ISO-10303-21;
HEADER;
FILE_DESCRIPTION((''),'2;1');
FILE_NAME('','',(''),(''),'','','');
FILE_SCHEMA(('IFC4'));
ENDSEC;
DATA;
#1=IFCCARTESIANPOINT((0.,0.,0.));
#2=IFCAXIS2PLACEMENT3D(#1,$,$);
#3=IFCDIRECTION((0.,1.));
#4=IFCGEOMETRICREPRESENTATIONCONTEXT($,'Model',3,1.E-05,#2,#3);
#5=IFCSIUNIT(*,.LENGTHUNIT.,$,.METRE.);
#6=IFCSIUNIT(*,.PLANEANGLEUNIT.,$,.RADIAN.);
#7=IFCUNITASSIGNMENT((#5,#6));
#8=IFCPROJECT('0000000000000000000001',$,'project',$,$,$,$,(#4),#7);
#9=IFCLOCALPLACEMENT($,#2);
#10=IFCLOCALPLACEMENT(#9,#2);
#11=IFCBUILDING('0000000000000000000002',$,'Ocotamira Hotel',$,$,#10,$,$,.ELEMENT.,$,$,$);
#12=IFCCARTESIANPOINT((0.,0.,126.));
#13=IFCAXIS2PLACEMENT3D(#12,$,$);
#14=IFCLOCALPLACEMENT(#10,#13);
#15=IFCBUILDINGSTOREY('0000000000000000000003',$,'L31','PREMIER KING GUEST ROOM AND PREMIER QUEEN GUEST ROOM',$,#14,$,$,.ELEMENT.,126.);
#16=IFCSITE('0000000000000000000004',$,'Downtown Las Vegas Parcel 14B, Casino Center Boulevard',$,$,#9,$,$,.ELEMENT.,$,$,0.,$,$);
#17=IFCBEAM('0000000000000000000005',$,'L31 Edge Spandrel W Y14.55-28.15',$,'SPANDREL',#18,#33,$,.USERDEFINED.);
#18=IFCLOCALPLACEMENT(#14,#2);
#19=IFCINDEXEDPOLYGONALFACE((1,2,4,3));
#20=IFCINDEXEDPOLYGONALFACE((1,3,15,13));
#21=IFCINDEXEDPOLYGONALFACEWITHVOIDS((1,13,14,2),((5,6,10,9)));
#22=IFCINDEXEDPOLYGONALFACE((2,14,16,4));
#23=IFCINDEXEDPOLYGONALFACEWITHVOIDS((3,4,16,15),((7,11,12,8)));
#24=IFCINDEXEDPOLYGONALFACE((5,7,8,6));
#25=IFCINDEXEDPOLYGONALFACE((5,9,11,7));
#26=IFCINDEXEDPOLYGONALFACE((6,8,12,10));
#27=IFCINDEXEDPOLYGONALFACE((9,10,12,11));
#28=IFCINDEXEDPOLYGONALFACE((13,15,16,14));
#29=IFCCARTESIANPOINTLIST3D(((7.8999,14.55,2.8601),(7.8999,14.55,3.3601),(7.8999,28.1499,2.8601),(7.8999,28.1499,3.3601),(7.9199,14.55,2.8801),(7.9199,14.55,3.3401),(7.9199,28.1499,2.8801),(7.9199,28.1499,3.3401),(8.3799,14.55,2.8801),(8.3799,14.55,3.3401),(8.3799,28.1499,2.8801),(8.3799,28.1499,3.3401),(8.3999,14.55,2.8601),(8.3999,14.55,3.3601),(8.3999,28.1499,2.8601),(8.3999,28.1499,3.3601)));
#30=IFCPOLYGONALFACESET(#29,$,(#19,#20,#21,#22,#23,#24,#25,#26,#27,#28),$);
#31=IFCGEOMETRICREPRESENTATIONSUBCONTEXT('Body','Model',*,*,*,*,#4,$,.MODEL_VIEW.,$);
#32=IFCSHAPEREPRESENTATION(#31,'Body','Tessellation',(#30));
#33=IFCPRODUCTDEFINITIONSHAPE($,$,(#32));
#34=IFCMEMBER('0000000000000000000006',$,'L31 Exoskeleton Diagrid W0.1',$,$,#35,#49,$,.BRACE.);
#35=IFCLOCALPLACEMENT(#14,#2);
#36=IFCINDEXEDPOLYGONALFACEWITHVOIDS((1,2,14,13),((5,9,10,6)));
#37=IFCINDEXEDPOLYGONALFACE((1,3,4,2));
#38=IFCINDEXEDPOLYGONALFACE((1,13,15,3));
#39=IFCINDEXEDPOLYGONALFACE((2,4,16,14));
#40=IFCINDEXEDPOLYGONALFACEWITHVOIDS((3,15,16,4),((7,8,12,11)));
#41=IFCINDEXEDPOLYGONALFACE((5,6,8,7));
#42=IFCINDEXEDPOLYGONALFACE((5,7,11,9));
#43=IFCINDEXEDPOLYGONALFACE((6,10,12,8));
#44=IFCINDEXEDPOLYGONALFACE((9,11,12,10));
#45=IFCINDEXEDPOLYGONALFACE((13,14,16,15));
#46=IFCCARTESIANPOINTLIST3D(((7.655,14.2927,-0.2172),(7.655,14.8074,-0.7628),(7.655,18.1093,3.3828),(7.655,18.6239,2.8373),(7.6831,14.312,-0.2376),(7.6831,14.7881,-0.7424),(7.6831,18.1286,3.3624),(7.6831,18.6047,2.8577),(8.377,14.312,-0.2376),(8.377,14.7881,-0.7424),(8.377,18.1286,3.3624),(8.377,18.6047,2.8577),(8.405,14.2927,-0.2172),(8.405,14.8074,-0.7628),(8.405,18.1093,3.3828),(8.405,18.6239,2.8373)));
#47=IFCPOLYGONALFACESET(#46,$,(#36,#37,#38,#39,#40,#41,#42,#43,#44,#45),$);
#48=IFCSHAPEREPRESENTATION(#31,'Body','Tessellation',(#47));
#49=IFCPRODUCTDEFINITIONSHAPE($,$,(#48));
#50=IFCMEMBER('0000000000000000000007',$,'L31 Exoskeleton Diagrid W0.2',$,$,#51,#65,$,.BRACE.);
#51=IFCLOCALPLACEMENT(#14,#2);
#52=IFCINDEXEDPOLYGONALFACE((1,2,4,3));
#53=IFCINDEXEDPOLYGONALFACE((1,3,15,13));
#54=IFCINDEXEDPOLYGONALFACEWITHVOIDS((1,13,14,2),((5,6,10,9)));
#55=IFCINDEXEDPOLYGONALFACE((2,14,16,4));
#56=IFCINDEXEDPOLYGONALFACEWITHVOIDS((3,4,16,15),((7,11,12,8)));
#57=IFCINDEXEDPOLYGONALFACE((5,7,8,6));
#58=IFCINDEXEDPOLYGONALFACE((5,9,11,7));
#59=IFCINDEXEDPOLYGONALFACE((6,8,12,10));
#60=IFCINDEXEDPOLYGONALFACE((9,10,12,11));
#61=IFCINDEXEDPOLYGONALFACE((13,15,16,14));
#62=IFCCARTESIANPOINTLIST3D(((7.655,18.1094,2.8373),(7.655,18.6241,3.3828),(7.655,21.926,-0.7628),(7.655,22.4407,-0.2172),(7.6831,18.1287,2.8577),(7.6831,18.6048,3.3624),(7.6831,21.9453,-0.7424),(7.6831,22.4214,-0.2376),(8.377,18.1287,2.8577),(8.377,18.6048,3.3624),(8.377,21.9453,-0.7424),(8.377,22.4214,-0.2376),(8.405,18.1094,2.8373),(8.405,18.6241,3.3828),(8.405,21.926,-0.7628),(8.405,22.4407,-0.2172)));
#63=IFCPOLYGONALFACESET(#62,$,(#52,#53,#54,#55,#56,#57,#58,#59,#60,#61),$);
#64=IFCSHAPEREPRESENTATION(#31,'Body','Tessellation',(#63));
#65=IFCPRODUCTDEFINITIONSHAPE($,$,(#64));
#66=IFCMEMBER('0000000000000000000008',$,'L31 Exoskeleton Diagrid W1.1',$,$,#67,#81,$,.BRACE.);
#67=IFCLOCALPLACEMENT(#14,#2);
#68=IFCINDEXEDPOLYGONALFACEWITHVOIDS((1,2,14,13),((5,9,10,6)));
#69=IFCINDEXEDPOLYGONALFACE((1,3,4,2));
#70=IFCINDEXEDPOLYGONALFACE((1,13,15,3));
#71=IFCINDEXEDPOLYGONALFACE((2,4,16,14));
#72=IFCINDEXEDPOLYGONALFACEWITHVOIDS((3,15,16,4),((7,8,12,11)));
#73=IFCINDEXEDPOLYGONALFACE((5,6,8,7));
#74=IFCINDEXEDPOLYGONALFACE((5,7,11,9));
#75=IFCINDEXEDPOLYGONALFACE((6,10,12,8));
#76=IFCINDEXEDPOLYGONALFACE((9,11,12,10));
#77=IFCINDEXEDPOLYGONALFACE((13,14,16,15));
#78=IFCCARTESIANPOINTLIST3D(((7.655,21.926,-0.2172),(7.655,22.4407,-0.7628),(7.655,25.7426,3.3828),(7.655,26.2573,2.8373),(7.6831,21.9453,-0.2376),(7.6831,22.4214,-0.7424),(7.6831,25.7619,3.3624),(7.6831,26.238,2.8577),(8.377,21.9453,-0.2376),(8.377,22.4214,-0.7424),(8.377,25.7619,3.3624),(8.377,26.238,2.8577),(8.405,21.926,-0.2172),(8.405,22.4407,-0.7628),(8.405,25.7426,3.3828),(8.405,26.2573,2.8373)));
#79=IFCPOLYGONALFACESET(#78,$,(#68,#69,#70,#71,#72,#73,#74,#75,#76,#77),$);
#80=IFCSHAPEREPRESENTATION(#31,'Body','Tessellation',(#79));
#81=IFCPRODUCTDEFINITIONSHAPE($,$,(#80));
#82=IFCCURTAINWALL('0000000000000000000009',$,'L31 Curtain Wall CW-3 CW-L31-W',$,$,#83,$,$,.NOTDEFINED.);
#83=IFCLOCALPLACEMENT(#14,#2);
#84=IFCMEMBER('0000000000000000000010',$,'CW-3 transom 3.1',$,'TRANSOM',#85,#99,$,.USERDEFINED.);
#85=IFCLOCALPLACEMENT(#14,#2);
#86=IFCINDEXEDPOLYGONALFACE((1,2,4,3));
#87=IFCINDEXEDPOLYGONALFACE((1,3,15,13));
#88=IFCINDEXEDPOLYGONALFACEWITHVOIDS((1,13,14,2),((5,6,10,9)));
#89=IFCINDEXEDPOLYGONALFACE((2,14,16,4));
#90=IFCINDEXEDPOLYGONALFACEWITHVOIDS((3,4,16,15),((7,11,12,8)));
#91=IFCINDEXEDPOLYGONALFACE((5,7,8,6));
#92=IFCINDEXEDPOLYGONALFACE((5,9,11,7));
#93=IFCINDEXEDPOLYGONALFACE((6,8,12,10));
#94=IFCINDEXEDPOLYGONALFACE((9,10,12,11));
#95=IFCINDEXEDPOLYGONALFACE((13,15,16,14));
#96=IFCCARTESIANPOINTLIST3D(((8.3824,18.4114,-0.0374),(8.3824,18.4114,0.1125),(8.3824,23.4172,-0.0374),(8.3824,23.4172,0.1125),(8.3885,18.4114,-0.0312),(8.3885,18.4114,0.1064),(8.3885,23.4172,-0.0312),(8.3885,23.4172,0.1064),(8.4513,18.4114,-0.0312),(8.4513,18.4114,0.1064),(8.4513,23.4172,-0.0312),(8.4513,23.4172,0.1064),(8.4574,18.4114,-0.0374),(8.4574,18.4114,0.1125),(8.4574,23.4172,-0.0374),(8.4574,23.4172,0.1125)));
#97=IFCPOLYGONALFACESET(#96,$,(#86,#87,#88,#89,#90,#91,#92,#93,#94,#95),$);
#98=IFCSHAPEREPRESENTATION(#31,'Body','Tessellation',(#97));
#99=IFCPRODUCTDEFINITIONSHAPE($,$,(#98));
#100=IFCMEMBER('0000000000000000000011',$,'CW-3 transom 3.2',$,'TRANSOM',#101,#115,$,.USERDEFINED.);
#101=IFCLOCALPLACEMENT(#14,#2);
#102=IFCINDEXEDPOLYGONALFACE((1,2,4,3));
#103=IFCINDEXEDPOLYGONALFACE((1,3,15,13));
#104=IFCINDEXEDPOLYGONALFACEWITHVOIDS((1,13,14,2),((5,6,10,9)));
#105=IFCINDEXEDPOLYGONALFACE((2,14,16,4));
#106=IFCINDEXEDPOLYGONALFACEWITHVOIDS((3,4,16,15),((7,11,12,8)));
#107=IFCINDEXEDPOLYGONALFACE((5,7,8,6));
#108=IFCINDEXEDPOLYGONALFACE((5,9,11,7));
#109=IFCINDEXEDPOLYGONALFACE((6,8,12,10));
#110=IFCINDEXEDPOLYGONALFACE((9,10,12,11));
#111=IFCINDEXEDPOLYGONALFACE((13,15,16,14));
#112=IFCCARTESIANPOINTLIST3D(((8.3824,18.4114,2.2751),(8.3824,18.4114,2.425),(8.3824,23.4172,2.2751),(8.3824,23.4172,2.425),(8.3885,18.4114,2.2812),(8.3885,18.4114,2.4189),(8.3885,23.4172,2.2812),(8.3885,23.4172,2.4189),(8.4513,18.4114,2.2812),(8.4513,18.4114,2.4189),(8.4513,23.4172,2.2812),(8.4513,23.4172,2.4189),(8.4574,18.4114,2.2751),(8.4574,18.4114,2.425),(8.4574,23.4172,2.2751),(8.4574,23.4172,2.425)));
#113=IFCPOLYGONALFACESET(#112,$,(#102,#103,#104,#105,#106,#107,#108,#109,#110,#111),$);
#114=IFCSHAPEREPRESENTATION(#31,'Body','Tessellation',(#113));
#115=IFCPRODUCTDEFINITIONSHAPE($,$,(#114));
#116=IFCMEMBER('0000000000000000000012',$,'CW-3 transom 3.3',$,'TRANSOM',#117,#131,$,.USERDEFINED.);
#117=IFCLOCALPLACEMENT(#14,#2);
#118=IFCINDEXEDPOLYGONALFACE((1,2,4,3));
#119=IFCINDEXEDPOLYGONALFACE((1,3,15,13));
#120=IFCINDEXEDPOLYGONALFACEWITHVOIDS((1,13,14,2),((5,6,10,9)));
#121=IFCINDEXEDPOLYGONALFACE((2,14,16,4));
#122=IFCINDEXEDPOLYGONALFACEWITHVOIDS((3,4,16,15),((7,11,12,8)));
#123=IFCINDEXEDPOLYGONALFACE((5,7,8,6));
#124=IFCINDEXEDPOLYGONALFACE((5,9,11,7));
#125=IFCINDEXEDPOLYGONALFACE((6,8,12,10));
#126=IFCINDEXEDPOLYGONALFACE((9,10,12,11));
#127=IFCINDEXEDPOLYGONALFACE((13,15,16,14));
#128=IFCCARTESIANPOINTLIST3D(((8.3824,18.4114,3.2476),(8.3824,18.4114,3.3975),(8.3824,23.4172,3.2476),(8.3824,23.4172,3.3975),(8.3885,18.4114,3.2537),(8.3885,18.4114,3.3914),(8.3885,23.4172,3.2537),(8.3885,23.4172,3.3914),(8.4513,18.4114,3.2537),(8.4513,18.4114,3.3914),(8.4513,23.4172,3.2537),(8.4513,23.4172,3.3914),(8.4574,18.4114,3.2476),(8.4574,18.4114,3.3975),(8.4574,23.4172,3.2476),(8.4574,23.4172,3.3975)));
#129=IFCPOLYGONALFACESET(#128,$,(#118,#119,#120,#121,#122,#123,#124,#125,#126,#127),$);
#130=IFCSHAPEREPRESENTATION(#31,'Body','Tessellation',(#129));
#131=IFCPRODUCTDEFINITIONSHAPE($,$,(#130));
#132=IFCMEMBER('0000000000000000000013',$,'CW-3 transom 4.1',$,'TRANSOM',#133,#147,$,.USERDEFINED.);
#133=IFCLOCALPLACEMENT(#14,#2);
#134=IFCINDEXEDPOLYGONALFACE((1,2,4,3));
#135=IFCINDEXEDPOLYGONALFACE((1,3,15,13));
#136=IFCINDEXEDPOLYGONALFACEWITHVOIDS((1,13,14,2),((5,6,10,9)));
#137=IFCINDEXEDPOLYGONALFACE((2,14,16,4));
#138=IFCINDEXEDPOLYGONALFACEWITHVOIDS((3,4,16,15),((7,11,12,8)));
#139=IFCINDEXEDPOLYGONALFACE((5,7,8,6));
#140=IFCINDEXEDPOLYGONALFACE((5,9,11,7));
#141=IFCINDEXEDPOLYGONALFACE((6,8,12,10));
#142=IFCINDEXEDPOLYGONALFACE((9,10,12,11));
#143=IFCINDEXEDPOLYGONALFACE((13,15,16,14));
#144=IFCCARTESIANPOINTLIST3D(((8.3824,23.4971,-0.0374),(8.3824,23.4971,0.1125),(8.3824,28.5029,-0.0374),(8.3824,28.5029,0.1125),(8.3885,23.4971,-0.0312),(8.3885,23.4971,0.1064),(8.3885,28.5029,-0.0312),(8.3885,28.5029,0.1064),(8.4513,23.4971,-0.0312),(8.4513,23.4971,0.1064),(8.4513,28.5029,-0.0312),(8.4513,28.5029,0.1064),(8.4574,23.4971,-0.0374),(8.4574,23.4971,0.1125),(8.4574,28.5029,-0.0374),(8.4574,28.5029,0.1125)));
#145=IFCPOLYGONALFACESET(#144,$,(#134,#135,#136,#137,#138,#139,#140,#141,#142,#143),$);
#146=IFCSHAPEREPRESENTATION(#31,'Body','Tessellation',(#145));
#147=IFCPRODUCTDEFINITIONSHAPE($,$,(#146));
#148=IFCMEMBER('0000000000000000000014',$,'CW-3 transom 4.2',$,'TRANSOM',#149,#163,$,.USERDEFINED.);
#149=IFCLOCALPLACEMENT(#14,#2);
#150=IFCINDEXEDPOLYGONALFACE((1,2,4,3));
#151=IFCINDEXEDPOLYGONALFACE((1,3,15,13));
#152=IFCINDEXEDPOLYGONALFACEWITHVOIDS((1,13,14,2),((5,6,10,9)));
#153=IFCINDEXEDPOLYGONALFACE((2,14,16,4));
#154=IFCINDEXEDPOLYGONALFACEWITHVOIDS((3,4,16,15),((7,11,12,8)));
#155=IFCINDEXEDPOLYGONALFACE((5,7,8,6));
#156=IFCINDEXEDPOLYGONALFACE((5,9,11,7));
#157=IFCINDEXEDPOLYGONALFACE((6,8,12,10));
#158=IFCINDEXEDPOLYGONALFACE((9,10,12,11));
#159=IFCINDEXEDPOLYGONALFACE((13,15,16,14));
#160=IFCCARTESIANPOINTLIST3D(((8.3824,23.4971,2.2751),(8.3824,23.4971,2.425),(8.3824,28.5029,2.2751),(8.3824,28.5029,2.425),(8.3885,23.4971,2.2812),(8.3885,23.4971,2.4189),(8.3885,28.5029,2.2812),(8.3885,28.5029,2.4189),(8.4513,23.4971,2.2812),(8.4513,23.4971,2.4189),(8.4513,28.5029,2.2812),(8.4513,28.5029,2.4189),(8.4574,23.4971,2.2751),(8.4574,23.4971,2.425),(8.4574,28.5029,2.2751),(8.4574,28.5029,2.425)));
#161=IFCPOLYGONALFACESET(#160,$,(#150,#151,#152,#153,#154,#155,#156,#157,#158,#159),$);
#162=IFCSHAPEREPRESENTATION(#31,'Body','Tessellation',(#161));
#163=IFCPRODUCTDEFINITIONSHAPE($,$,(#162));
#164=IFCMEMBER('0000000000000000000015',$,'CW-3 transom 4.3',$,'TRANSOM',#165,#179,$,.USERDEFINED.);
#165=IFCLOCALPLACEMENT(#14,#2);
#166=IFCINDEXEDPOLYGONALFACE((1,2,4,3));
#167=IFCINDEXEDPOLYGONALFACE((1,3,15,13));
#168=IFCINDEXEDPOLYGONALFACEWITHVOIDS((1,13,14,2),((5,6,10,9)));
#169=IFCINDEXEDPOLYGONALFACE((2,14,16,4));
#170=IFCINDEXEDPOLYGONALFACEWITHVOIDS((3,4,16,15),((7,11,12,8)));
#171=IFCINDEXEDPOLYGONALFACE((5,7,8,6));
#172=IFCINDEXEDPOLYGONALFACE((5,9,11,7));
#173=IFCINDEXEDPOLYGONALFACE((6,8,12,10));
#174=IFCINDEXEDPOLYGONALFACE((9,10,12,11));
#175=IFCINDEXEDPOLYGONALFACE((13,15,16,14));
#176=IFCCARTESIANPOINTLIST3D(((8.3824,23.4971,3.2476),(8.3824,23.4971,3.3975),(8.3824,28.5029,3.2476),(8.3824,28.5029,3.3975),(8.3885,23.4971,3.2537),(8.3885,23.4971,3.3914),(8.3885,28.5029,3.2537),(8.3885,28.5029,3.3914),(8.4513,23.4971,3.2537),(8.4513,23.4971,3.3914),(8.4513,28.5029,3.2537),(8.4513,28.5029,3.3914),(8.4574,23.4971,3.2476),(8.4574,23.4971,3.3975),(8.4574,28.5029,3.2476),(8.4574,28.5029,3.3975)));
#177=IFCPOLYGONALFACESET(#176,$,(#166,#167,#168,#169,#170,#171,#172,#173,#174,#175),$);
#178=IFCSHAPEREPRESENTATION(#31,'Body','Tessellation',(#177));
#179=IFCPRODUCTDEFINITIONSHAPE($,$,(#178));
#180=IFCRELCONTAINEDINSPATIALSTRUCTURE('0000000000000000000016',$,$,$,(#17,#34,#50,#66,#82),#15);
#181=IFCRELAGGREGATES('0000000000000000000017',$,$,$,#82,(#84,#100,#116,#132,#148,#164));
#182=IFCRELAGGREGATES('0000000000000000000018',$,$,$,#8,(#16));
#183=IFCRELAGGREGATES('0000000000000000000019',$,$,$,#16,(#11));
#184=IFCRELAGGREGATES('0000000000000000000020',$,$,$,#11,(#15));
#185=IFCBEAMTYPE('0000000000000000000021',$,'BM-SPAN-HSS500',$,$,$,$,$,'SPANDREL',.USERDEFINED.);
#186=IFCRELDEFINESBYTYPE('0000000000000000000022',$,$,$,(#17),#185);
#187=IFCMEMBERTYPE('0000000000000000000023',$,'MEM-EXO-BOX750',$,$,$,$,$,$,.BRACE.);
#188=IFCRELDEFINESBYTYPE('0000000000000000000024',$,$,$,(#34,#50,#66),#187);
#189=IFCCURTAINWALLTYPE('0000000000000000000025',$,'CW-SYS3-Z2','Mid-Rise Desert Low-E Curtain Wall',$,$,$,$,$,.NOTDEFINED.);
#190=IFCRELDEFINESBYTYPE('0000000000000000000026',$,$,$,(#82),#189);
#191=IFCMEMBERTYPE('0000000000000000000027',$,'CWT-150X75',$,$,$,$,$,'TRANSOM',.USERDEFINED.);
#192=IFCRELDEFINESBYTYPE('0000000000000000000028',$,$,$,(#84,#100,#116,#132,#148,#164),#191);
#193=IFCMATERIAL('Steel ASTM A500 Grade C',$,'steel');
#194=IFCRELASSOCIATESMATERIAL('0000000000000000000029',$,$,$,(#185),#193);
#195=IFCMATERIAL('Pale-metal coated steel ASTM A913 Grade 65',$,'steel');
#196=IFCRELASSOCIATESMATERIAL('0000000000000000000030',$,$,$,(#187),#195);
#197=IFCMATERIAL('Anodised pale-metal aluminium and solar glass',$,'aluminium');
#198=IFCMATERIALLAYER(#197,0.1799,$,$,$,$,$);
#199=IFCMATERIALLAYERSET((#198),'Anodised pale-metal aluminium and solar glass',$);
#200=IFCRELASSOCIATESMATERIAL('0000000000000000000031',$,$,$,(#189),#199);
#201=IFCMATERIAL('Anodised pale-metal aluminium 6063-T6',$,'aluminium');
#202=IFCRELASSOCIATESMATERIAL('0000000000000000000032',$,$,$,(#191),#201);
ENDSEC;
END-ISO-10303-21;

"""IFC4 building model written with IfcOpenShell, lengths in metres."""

from ifc_helpers import new_model, si_unit, direction, frame, origin, origin_2d, place, context, subcontext, project, spatial, hollow_rectangle, extrude, source, transform, mapped, material, layer, layer_set, material_profile, profile_set, type_object, element, aggregate, save


model = new_model("IFC4")

# Units and contexts
model_context = context("Model", 3, precision=1e-05, world=origin(), true_north=direction((0.0, 1.0)))
body_context = subcontext(model_context, "Body", "Model", "MODEL_VIEW")
ifc_project = project(units=[si_unit("LENGTHUNIT", "METRE"), si_unit("PLANEANGLEUNIT", "RADIAN")], contexts=[model_context])

# Site, building, storey
site_placement = place(None, origin())
site = spatial("IfcSite", under=ifc_project, at=site_placement, Name="Downtown Las Vegas Parcel 14B, Casino Center Boulevard", CompositionType="ELEMENT", RefElevation=0.0)
building_placement = place(site_placement, origin())
building = spatial("IfcBuilding", under=site, at=building_placement, Name="Ocotamira Hotel", CompositionType="ELEMENT")
storey_placement = place(building_placement, frame((0.0, 0.0, 126.0)))
storey = spatial("IfcBuildingStorey", under=building, at=storey_placement, Name="L31", Description="PREMIER KING GUEST ROOM AND PREMIER QUEEN GUEST ROOM", CompositionType="ELEMENT", Elevation=126.0)

# Beam
ifc_material_1 = material(Name="Steel ASTM A500 Grade C", Category="steel")
ifc_material_profile_1 = material_profile(ifc_material_1, hollow_rectangle(XDim=0.5, YDim=0.5, WallThickness=0.02, at=origin_2d()), Name="HSS500X500X20")
ifc_profile_set_1 = profile_set([ifc_material_profile_1], Name="Steel ASTM A500 Grade C")
beam_type_1 = type_object("IfcBeamType", Name="BM-SPAN-HSS500", ElementType="SPANDREL", PredefinedType="USERDEFINED", material=ifc_profile_set_1)
shared_shape_1 = source(origin(), body_context, "Body", "SweptSolid", [
    extrude(hollow_rectangle(XDim=0.5, YDim=0.5, WallThickness=0.02, at=origin_2d()), origin(), (0.0, 0.0, 1.0), 13.5999),
])
beam_1_placement = place(storey_placement, frame((8.1499, 14.55, 3.1101), z_axis=(0.0, 1.0, 0.0), x_axis=(-1.0, 0.0, 0.0)))
element("IfcBeam", 1, at=beam_1_placement, inside=storey, type_object=beam_type_1, Name="L31 Edge Spandrel W Y14.55-28.15", ObjectType="SPANDREL", PredefinedType="USERDEFINED", context=body_context, shape_type="MappedRepresentation", body=[
    mapped(shared_shape_1, transform((0.0, 0.0, 0.0), scale=1.0)),
])

# Members
ifc_material_2 = material(Name="Pale-metal coated steel ASTM A913 Grade 65", Category="steel")
ifc_material_profile_2 = material_profile(ifc_material_2, hollow_rectangle(XDim=0.75, YDim=0.75, WallThickness=0.0281, at=origin_2d()), Name="BOX750X750X28")
ifc_profile_set_2 = profile_set([ifc_material_profile_2], Name="Pale-metal coated steel ASTM A913 Grade 65")
member_type_1 = type_object("IfcMemberType", Name="MEM-EXO-BOX750", PredefinedType="BRACE", material=ifc_profile_set_2)
shared_shape_2 = source(origin(), body_context, "Body", "SweptSolid", [
    extrude(hollow_rectangle(XDim=0.75, YDim=0.75, WallThickness=0.0281, at=origin_2d()), origin(), (0.0, 0.0, 1.0), 5.2466),
])
for number, where, z_axis, x_axis, name in (
    (2, (8.03, 14.55, -0.49), (0.0, 0.727443, 0.686168), (-1.0, 0.0, 0.0), "L31 Exoskeleton Diagrid W0.1"),
    (3, (8.03, 22.1833, -0.49), (0.0, -0.727443, 0.686168), (1.0, 0.0, 0.0), "L31 Exoskeleton Diagrid W0.2"),
    (4, (8.03, 22.1833, -0.49), (0.0, 0.727443, 0.686168), (-1.0, 0.0, 0.0), "L31 Exoskeleton Diagrid W1.1"),
):
    element("IfcMember", number, at=place(storey_placement, frame(where, z_axis=z_axis, x_axis=x_axis)), inside=storey, type_object=member_type_1, Name=name, PredefinedType="BRACE", context=body_context, shape_type="MappedRepresentation", body=[
        mapped(shared_shape_2, transform((0.0, 0.0, 0.0), scale=1.0)),
    ])

# Curtain wall, members
ifc_material_3 = material(Name="Anodised pale-metal aluminium and solar glass", Category="aluminium")
ifc_layer_1 = layer(ifc_material_3, 0.1799)
ifc_layer_set_1 = layer_set([ifc_layer_1], Name="Anodised pale-metal aluminium and solar glass")
curtain_wall_type = type_object("IfcCurtainWallType", Name="CW-SYS3-Z2", Description="Mid-Rise Desert Low-E Curtain Wall", PredefinedType="NOTDEFINED", material=ifc_layer_set_1)
curtain_wall_placement = place(storey_placement, origin())
curtain_wall = element("IfcCurtainWall", 5, at=curtain_wall_placement, inside=storey, type_object=curtain_wall_type, Name="L31 Curtain Wall CW-3 CW-L31-W", PredefinedType="NOTDEFINED")
ifc_material_4 = material(Name="Anodised pale-metal aluminium 6063-T6", Category="aluminium")
ifc_material_profile_3 = material_profile(ifc_material_4, hollow_rectangle(XDim=0.075, YDim=0.1499, WallThickness=0.0061, at=origin_2d()), Name="HSS150X75X6")
ifc_profile_set_3 = profile_set([ifc_material_profile_3], Name="Anodised pale-metal aluminium 6063-T6")
member_type_2 = type_object("IfcMemberType", Name="CWT-150X75", ElementType="TRANSOM", PredefinedType="USERDEFINED", material=ifc_profile_set_3)
shared_shape_3 = source(origin(), body_context, "Body", "SweptSolid", [
    extrude(hollow_rectangle(XDim=0.075, YDim=0.1499, WallThickness=0.0061, at=origin_2d()), origin(), (0.0, 0.0, 1.0), 5.0059),
])
member_1_placement = place(storey_placement, frame((8.4199, 18.4114, 0.0376), z_axis=(0.0, 1.0, 0.0), x_axis=(-1.0, 0.0, 0.0)))
member_1 = element("IfcMember", 6, at=member_1_placement, type_object=member_type_2, Name="CW-3 transom 3.1", ObjectType="TRANSOM", PredefinedType="USERDEFINED", context=body_context, shape_type="MappedRepresentation", body=[
    mapped(shared_shape_3, transform((0.0, 0.0, 0.0), scale=1.0)),
])
member_2_placement = place(storey_placement, frame((8.4199, 18.4114, 2.3501), z_axis=(0.0, 1.0, 0.0), x_axis=(-1.0, 0.0, 0.0)))
member_2 = element("IfcMember", 7, at=member_2_placement, type_object=member_type_2, Name="CW-3 transom 3.2", ObjectType="TRANSOM", PredefinedType="USERDEFINED", context=body_context, shape_type="MappedRepresentation", body=[
    mapped(shared_shape_3, transform((0.0, 0.0, 0.0), scale=1.0)),
])
member_3_placement = place(storey_placement, frame((8.4199, 18.4114, 3.3225), z_axis=(0.0, 1.0, 0.0), x_axis=(-1.0, 0.0, 0.0)))
member_3 = element("IfcMember", 8, at=member_3_placement, type_object=member_type_2, Name="CW-3 transom 3.3", ObjectType="TRANSOM", PredefinedType="USERDEFINED", context=body_context, shape_type="MappedRepresentation", body=[
    mapped(shared_shape_3, transform((0.0, 0.0, 0.0), scale=1.0)),
])
member_4_placement = place(storey_placement, frame((8.4199, 23.4971, 0.0376), z_axis=(0.0, 1.0, 0.0), x_axis=(-1.0, 0.0, 0.0)))
member_4 = element("IfcMember", 9, at=member_4_placement, type_object=member_type_2, Name="CW-3 transom 4.1", ObjectType="TRANSOM", PredefinedType="USERDEFINED", context=body_context, shape_type="MappedRepresentation", body=[
    mapped(shared_shape_3, transform((0.0, 0.0, 0.0), scale=1.0)),
])
member_5_placement = place(storey_placement, frame((8.4199, 23.4971, 2.3501), z_axis=(0.0, 1.0, 0.0), x_axis=(-1.0, 0.0, 0.0)))
member_5 = element("IfcMember", 10, at=member_5_placement, type_object=member_type_2, Name="CW-3 transom 4.2", ObjectType="TRANSOM", PredefinedType="USERDEFINED", context=body_context, shape_type="MappedRepresentation", body=[
    mapped(shared_shape_3, transform((0.0, 0.0, 0.0), scale=1.0)),
])
member_6_placement = place(storey_placement, frame((8.4199, 23.4971, 3.3225), z_axis=(0.0, 1.0, 0.0), x_axis=(-1.0, 0.0, 0.0)))
member_6 = element("IfcMember", 11, at=member_6_placement, type_object=member_type_2, Name="CW-3 transom 4.3", ObjectType="TRANSOM", PredefinedType="USERDEFINED", context=body_context, shape_type="MappedRepresentation", body=[
    mapped(shared_shape_3, transform((0.0, 0.0, 0.0), scale=1.0)),
])

aggregate(curtain_wall, [member_1, member_2, member_3, member_4, member_5, member_6])

save(model, "model.ifc")
